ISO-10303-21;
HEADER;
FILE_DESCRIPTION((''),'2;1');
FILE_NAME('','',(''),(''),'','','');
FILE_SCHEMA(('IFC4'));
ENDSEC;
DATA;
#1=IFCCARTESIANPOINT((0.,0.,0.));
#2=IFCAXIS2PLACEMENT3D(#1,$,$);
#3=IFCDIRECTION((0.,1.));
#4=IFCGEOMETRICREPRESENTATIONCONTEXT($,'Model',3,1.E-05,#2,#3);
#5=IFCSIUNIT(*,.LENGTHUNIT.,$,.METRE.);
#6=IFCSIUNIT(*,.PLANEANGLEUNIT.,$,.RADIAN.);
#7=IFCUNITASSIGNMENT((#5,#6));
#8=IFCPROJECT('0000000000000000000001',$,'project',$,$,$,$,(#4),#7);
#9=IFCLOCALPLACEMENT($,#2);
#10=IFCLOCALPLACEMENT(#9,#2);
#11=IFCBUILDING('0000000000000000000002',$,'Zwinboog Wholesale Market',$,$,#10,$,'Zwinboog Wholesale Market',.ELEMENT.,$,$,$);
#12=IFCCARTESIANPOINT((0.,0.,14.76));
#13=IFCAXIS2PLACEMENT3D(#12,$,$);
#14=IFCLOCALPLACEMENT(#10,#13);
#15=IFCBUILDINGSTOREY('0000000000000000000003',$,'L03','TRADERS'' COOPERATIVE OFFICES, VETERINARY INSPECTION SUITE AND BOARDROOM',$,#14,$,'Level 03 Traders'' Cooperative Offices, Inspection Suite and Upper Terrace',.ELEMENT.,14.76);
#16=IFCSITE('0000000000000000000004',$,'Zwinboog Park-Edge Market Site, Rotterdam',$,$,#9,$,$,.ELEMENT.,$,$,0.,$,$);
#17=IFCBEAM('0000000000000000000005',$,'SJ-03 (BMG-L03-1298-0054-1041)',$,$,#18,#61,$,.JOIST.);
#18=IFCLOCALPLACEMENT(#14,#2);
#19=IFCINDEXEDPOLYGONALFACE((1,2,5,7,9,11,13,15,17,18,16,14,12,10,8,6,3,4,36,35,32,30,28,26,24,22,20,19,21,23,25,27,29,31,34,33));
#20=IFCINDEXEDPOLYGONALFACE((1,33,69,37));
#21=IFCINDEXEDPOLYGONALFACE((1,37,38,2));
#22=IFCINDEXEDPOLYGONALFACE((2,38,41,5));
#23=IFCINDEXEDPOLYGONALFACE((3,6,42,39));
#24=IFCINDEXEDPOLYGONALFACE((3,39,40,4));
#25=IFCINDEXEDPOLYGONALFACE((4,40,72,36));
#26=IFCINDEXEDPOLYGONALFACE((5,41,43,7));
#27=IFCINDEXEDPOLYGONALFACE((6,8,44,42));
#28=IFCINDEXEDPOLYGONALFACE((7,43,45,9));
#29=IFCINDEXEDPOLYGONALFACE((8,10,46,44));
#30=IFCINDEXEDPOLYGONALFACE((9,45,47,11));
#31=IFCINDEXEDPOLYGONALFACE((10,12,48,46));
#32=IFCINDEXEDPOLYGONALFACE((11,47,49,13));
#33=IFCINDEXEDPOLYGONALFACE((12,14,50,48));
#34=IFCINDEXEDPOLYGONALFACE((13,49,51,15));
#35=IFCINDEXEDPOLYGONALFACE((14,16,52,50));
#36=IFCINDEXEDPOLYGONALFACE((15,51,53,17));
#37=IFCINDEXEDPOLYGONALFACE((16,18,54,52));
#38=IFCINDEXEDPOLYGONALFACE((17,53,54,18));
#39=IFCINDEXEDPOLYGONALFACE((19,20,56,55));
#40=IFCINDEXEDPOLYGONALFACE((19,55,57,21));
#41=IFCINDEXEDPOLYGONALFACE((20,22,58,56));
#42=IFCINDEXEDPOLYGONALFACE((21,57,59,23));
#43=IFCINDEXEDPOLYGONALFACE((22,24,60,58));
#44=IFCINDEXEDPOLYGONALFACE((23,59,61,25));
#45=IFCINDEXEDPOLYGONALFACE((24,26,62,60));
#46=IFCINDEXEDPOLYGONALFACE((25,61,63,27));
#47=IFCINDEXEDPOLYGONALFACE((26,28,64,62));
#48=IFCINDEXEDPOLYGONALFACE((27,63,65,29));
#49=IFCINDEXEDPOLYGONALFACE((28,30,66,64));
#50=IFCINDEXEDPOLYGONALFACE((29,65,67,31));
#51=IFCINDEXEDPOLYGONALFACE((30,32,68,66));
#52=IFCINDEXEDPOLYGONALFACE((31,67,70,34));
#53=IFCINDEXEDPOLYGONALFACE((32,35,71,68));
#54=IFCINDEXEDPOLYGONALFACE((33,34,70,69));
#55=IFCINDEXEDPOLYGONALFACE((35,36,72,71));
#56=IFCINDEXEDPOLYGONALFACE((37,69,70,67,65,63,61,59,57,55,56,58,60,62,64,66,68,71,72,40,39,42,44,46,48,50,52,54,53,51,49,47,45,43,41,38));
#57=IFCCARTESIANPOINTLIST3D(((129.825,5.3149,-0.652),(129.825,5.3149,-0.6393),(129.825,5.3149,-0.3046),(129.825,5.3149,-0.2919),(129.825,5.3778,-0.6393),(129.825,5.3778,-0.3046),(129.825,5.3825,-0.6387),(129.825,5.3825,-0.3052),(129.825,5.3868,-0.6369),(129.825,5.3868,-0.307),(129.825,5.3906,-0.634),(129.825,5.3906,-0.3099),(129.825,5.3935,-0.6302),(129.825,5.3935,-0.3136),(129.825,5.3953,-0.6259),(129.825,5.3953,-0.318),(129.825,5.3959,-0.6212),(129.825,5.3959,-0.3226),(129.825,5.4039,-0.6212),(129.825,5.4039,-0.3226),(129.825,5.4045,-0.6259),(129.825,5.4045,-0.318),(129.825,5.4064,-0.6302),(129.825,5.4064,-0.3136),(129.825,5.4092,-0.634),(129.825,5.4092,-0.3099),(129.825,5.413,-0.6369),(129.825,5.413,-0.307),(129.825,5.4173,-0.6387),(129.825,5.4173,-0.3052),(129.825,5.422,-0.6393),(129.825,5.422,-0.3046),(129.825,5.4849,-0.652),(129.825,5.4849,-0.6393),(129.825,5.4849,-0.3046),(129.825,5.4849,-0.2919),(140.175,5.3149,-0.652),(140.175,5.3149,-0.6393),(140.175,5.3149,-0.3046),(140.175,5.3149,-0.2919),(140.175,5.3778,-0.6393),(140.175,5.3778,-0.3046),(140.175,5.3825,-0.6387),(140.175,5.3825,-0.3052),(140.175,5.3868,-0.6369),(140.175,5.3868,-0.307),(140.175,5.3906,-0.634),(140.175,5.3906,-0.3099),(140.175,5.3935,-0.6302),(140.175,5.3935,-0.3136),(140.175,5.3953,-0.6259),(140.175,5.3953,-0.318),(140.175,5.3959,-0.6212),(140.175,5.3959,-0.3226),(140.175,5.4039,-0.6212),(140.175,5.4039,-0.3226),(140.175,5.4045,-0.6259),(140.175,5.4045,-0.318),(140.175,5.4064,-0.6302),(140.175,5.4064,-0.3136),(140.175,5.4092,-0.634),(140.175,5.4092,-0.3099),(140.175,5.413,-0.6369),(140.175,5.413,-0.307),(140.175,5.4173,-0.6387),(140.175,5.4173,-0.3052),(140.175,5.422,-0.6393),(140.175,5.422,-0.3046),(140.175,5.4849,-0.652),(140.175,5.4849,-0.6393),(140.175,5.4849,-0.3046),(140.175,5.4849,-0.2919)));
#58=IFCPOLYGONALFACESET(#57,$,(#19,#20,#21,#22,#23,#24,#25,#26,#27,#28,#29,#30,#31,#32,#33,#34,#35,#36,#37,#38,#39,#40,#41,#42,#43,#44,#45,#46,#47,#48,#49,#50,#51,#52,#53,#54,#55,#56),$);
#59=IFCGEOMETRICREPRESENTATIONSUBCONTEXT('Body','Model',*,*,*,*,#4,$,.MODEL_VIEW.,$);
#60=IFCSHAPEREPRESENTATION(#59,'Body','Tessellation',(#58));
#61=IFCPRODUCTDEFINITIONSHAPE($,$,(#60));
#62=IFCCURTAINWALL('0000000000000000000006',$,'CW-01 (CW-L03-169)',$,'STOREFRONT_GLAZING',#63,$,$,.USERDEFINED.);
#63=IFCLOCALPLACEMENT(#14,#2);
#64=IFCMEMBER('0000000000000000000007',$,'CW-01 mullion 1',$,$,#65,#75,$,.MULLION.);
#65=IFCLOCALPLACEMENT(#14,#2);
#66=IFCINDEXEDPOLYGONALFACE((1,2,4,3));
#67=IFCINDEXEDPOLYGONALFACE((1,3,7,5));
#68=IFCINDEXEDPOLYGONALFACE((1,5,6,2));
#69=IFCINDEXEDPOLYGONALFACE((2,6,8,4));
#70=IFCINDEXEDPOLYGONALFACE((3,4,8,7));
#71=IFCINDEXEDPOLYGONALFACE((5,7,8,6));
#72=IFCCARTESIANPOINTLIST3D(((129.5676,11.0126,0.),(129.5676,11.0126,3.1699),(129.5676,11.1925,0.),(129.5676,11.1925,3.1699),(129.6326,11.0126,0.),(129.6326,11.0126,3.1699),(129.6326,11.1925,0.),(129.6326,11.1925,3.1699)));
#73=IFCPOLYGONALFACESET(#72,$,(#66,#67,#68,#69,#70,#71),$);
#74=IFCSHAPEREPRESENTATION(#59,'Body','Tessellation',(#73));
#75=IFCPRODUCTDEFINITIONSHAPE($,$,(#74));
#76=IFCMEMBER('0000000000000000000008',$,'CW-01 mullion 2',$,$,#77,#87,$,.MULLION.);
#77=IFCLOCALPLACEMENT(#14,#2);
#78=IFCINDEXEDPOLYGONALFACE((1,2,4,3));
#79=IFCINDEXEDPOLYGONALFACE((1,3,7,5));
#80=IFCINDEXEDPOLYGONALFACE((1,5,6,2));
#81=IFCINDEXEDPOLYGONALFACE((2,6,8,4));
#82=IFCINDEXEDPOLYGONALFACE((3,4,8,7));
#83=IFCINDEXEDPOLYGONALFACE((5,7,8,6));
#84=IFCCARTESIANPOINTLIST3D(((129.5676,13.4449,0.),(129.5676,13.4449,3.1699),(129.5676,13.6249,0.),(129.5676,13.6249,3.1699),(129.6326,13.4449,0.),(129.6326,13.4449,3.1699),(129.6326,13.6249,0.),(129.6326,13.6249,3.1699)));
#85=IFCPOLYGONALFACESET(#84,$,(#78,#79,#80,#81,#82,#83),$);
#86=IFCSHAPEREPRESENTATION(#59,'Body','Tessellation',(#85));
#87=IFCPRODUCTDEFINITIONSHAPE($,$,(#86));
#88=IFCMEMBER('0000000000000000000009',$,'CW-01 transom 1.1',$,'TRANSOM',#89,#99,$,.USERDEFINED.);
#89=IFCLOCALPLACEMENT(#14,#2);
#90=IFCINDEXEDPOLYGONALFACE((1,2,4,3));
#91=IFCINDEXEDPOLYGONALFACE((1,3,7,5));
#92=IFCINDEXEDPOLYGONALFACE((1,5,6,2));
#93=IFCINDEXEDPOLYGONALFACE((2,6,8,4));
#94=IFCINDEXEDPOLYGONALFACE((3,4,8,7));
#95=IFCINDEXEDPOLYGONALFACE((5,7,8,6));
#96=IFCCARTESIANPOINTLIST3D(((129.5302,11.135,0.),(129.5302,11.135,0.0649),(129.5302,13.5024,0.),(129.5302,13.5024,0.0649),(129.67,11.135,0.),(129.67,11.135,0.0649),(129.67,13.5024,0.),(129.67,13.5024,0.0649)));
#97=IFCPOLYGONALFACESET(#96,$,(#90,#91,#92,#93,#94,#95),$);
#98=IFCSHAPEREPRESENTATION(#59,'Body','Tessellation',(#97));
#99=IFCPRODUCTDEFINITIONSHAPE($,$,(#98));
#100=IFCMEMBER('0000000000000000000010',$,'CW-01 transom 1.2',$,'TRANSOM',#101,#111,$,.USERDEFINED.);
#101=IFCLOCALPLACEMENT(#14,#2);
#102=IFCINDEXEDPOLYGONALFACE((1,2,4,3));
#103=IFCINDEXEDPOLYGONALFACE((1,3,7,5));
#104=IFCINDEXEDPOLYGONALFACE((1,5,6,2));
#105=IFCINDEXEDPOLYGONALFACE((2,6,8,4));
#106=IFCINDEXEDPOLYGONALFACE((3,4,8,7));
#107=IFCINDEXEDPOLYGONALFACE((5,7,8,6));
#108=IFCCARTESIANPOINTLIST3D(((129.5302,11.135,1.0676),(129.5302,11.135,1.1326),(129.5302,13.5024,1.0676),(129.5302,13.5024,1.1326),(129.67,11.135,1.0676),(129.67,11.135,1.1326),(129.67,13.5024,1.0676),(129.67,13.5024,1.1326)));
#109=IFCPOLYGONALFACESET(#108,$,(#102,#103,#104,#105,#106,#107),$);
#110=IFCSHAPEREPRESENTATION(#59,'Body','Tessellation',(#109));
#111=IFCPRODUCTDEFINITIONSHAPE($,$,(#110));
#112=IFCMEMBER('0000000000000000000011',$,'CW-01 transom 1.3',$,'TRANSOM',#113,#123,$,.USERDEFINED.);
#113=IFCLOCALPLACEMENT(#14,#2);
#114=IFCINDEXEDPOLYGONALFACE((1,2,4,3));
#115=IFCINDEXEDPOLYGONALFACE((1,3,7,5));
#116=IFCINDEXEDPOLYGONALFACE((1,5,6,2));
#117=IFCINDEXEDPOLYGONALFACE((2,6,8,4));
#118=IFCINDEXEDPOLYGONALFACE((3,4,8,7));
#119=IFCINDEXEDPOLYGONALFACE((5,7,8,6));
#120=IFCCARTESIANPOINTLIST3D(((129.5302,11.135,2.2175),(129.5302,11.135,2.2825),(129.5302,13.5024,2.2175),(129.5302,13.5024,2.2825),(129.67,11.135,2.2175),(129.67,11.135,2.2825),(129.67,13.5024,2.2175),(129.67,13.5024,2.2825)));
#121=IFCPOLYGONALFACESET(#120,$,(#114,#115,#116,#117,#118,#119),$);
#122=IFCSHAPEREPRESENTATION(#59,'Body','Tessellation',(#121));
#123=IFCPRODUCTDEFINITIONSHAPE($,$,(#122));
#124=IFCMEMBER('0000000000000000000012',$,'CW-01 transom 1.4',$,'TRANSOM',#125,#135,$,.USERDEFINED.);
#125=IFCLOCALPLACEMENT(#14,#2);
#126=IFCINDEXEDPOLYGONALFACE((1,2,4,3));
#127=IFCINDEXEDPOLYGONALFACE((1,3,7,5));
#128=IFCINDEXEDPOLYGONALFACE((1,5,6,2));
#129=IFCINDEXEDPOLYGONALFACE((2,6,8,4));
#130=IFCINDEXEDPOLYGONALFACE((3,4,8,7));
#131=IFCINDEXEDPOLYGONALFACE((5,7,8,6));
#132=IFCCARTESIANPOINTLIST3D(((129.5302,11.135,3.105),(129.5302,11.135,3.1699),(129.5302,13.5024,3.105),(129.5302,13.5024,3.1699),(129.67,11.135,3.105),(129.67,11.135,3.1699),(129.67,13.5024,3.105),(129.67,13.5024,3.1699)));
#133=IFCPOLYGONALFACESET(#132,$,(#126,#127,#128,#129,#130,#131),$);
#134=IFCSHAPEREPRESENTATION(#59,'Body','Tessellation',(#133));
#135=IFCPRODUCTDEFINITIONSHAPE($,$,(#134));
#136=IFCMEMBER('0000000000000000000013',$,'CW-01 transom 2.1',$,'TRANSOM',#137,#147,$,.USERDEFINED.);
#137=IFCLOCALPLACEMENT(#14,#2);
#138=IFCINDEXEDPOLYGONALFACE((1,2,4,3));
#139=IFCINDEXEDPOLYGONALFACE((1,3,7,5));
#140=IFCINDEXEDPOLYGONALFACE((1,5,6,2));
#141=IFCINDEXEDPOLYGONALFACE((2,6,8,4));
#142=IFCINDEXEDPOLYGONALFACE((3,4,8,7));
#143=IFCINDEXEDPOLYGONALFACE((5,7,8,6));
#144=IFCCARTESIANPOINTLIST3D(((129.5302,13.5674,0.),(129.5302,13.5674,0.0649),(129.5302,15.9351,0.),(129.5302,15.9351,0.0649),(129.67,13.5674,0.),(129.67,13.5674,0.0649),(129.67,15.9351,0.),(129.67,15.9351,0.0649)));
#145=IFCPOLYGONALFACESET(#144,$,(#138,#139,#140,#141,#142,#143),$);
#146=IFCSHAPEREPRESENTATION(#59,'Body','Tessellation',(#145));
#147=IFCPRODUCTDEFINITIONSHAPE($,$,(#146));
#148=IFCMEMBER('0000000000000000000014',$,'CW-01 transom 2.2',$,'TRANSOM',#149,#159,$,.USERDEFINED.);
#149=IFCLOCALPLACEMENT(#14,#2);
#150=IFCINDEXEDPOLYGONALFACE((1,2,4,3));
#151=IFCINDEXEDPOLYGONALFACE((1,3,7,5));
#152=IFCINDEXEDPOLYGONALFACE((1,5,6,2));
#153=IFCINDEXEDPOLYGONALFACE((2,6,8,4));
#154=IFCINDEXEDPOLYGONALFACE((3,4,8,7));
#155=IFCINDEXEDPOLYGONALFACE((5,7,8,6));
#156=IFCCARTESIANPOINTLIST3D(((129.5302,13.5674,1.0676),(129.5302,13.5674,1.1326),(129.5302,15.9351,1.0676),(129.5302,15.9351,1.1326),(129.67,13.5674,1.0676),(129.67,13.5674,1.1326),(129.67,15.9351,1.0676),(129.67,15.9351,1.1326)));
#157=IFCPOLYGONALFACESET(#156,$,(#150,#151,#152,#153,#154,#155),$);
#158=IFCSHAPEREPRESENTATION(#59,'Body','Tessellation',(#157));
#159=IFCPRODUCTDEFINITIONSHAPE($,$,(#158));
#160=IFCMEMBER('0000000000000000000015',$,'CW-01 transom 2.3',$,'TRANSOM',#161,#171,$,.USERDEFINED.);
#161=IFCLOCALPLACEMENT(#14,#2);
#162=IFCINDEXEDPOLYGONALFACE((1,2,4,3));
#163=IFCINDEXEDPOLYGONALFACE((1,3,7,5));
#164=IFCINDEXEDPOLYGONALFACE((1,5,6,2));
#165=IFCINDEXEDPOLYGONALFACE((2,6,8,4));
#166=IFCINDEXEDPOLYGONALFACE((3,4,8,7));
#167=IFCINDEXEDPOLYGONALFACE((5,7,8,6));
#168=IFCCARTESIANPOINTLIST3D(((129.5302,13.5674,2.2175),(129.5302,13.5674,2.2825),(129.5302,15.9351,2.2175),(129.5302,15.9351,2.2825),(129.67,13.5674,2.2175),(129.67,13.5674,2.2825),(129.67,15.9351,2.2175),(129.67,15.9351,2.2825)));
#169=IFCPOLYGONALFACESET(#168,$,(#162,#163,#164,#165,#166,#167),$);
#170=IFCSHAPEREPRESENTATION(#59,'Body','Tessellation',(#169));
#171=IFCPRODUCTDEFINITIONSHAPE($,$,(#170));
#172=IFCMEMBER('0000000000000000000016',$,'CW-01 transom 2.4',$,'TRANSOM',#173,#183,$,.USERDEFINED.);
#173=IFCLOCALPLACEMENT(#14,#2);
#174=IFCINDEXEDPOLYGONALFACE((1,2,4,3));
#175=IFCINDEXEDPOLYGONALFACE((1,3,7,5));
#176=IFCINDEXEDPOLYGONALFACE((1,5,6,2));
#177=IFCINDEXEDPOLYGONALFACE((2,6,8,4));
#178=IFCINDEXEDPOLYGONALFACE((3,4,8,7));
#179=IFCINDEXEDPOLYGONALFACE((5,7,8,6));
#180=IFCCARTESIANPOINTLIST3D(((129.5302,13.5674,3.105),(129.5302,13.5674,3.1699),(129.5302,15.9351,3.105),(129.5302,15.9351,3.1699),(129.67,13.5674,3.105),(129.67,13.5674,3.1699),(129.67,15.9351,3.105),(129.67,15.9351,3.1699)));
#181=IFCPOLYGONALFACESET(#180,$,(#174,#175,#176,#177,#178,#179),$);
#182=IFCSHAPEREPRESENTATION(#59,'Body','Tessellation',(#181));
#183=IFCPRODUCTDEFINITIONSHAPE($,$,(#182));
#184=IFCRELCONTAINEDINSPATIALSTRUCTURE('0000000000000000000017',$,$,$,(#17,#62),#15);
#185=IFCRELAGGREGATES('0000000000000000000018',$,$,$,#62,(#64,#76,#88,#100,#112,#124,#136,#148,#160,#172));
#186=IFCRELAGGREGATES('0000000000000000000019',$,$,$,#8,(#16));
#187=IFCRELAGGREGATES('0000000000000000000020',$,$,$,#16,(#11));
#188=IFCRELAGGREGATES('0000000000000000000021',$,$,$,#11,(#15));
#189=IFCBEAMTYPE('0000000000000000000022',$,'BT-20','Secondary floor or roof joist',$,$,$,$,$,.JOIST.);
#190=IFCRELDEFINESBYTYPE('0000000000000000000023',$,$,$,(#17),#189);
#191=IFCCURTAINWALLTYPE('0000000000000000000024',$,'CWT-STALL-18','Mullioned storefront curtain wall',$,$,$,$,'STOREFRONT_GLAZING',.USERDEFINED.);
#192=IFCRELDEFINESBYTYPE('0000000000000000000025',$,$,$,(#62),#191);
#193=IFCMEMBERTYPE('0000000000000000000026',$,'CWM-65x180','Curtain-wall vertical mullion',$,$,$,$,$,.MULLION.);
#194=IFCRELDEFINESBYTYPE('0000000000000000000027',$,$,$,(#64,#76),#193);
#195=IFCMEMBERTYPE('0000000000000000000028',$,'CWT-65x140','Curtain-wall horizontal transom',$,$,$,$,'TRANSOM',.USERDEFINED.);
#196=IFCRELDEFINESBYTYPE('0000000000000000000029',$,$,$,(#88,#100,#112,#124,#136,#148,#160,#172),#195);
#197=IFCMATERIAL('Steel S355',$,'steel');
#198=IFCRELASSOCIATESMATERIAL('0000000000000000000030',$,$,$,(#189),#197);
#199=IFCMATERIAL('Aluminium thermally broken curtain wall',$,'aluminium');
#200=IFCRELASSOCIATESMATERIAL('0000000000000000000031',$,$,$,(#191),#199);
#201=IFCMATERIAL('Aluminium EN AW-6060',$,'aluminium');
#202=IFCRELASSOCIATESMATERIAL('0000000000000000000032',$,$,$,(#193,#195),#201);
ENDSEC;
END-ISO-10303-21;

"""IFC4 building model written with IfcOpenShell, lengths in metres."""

from ifc_helpers import new_model, si_unit, direction, frame, origin, origin_2d, place, context, subcontext, project, spatial, rectangle, i_section, extrude, material, material_profile, profile_set, type_object, element, aggregate, save


model = new_model("IFC4")

# Units and contexts
model_context = context("Model", 3, precision=1e-05, world=origin(), true_north=direction((0.0, 1.0)))
body_context = subcontext(model_context, "Body", "Model", "MODEL_VIEW")
ifc_project = project(units=[si_unit("LENGTHUNIT", "METRE"), si_unit("PLANEANGLEUNIT", "RADIAN")], contexts=[model_context])

# Site, building, storey
site_placement = place(None, origin())
site = spatial("IfcSite", under=ifc_project, at=site_placement, Name="Zwinboog Park-Edge Market Site, Rotterdam", CompositionType="ELEMENT", RefElevation=0.0)
building_placement = place(site_placement, origin())
building = spatial("IfcBuilding", under=site, at=building_placement, Name="Zwinboog Wholesale Market", LongName="Zwinboog Wholesale Market", CompositionType="ELEMENT")
storey_placement = place(building_placement, frame((0.0, 0.0, 14.76)))
storey = spatial("IfcBuildingStorey", under=building, at=storey_placement, Name="L03", Description="TRADERS' COOPERATIVE OFFICES, VETERINARY INSPECTION SUITE AND BOARDROOM", LongName="Level 03 Traders' Cooperative Offices, Inspection Suite and Upper Terrace", CompositionType="ELEMENT", Elevation=14.76)

# Beam
ifc_material_1 = material(Name="Steel S355", Category="steel")
ifc_material_profile_1 = material_profile(ifc_material_1, i_section(OverallWidth=0.1699, OverallDepth=0.3601, WebThickness=0.0081, FlangeThickness=0.0127, FilletRadius=0.0181, at=origin_2d()), Name="IPE 360")
ifc_profile_set_1 = profile_set([ifc_material_profile_1], Name="Steel S355")
beam_type = type_object("IfcBeamType", Name="BT-20", Description="Secondary floor or roof joist", PredefinedType="JOIST", material=ifc_profile_set_1)
beam_placement = place(storey_placement, frame((129.825, 5.3999, -0.4719), z_axis=(1.0, 0.0, 0.0), x_axis=(0.0, 1.0, 0.0)))
element("IfcBeam", 1, at=beam_placement, inside=storey, type_object=beam_type, Name="SJ-03 (BMG-L03-1298-0054-1041)", PredefinedType="JOIST", context=body_context, shape_type="SweptSolid", body=[
    extrude(i_section(OverallWidth=0.1699, OverallDepth=0.3601, WebThickness=0.0081, FlangeThickness=0.0127, FilletRadius=0.0181, at=origin_2d()), origin(), (0.0, 0.0, 1.0), 10.3501),
])

# Curtain wall, members
ifc_material_2 = material(Name="Aluminium thermally broken curtain wall", Category="aluminium")
curtain_wall_type_1 = type_object("IfcCurtainWallType", Name="CWT-STALL-18", Description="Mullioned storefront curtain wall", ElementType="STOREFRONT_GLAZING", PredefinedType="USERDEFINED", material=ifc_material_2)
curtain_wall_1_placement = place(storey_placement, origin())
curtain_wall_1 = element("IfcCurtainWall", 2, at=curtain_wall_1_placement, inside=storey, type_object=curtain_wall_type_1, Name="CW-01 (CW-L03-169)", ObjectType="STOREFRONT_GLAZING", PredefinedType="USERDEFINED")
ifc_material_3 = material(Name="Aluminium EN AW-6060", Category="aluminium")
ifc_material_profile_2 = material_profile(ifc_material_3, rectangle(XDim=0.0649, YDim=0.1799, at=origin_2d()), Name="AL 65x180")
ifc_profile_set_2 = profile_set([ifc_material_profile_2], Name="Aluminium EN AW-6060")
member_type_1 = type_object("IfcMemberType", Name="CWM-65x180", Description="Curtain-wall vertical mullion", PredefinedType="MULLION", material=ifc_profile_set_2)
member_1_placement = place(storey_placement, frame((129.6001, 11.1025, 0.0), z_axis=(0.0, 0.0, 1.0), x_axis=(-1.0, 0.0, 0.0)))
member_1 = element("IfcMember", 3, at=member_1_placement, type_object=member_type_1, Name="CW-01 mullion 1", PredefinedType="MULLION", context=body_context, shape_type="SweptSolid", body=[
    extrude(rectangle(XDim=0.0649, YDim=0.1799, at=origin_2d()), origin(), (0.0, 0.0, 1.0), 3.1699),
])
member_2_placement = place(storey_placement, frame((129.6001, 13.5349, 0.0), z_axis=(0.0, 0.0, 1.0), x_axis=(-1.0, 0.0, 0.0)))
member_2 = element("IfcMember", 4, at=member_2_placement, type_object=member_type_1, Name="CW-01 mullion 2", PredefinedType="MULLION", context=body_context, shape_type="SweptSolid", body=[
    extrude(rectangle(XDim=0.0649, YDim=0.1799, at=origin_2d()), origin(), (0.0, 0.0, 1.0), 3.1699),
])
ifc_material_profile_3 = material_profile(ifc_material_3, rectangle(XDim=0.1399, YDim=0.0649, at=origin_2d()), Name="AL 65x140")
ifc_profile_set_3 = profile_set([ifc_material_profile_3], Name="Aluminium EN AW-6060")
member_type_2 = type_object("IfcMemberType", Name="CWT-65x140", Description="Curtain-wall horizontal transom", ElementType="TRANSOM", PredefinedType="USERDEFINED", material=ifc_profile_set_3)
member_3_placement = place(storey_placement, frame((129.6001, 11.135, 0.0325), z_axis=(0.0, 1.0, 0.0), x_axis=(-1.0, 0.0, 0.0)))
member_3 = element("IfcMember", 5, at=member_3_placement, type_object=member_type_2, Name="CW-01 transom 1.1", ObjectType="TRANSOM", PredefinedType="USERDEFINED", context=body_context, shape_type="SweptSolid", body=[
    extrude(rectangle(XDim=0.1399, YDim=0.0649, at=origin_2d()), origin(), (0.0, 0.0, 1.0), 2.3674),
])
member_4_placement = place(storey_placement, frame((129.6001, 11.135, 1.1001), z_axis=(0.0, 1.0, 0.0), x_axis=(-1.0, 0.0, 0.0)))
member_4 = element("IfcMember", 6, at=member_4_placement, type_object=member_type_2, Name="CW-01 transom 1.2", ObjectType="TRANSOM", PredefinedType="USERDEFINED", context=body_context, shape_type="SweptSolid", body=[
    extrude(rectangle(XDim=0.1399, YDim=0.0649, at=origin_2d()), origin(), (0.0, 0.0, 1.0), 2.3674),
])
member_5_placement = place(storey_placement, frame((129.6001, 11.135, 2.25), z_axis=(0.0, 1.0, 0.0), x_axis=(-1.0, 0.0, 0.0)))
member_5 = element("IfcMember", 7, at=member_5_placement, type_object=member_type_2, Name="CW-01 transom 1.3", ObjectType="TRANSOM", PredefinedType="USERDEFINED", context=body_context, shape_type="SweptSolid", body=[
    extrude(rectangle(XDim=0.1399, YDim=0.0649, at=origin_2d()), origin(), (0.0, 0.0, 1.0), 2.3674),
])
member_6_placement = place(storey_placement, frame((129.6001, 11.135, 3.1375), z_axis=(0.0, 1.0, 0.0), x_axis=(-1.0, 0.0, 0.0)))
member_6 = element("IfcMember", 8, at=member_6_placement, type_object=member_type_2, Name="CW-01 transom 1.4", ObjectType="TRANSOM", PredefinedType="USERDEFINED", context=body_context, shape_type="SweptSolid", body=[
    extrude(rectangle(XDim=0.1399, YDim=0.0649, at=origin_2d()), origin(), (0.0, 0.0, 1.0), 2.3674),
])
member_7_placement = place(storey_placement, frame((129.6001, 13.5674, 0.0325), z_axis=(0.0, 1.0, 0.0), x_axis=(-1.0, 0.0, 0.0)))
member_7 = element("IfcMember", 9, at=member_7_placement, type_object=member_type_2, Name="CW-01 transom 2.1", ObjectType="TRANSOM", PredefinedType="USERDEFINED", context=body_context, shape_type="SweptSolid", body=[
    extrude(rectangle(XDim=0.1399, YDim=0.0649, at=origin_2d()), origin(), (0.0, 0.0, 1.0), 2.3677),
])
member_8_placement = place(storey_placement, frame((129.6001, 13.5674, 1.1001), z_axis=(0.0, 1.0, 0.0), x_axis=(-1.0, 0.0, 0.0)))
member_8 = element("IfcMember", 10, at=member_8_placement, type_object=member_type_2, Name="CW-01 transom 2.2", ObjectType="TRANSOM", PredefinedType="USERDEFINED", context=body_context, shape_type="SweptSolid", body=[
    extrude(rectangle(XDim=0.1399, YDim=0.0649, at=origin_2d()), origin(), (0.0, 0.0, 1.0), 2.3677),
])
member_9_placement = place(storey_placement, frame((129.6001, 13.5674, 2.25), z_axis=(0.0, 1.0, 0.0), x_axis=(-1.0, 0.0, 0.0)))
member_9 = element("IfcMember", 11, at=member_9_placement, type_object=member_type_2, Name="CW-01 transom 2.3", ObjectType="TRANSOM", PredefinedType="USERDEFINED", context=body_context, shape_type="SweptSolid", body=[
    extrude(rectangle(XDim=0.1399, YDim=0.0649, at=origin_2d()), origin(), (0.0, 0.0, 1.0), 2.3677),
])
member_10_placement = place(storey_placement, frame((129.6001, 13.5674, 3.1375), z_axis=(0.0, 1.0, 0.0), x_axis=(-1.0, 0.0, 0.0)))
member_10 = element("IfcMember", 12, at=member_10_placement, type_object=member_type_2, Name="CW-01 transom 2.4", ObjectType="TRANSOM", PredefinedType="USERDEFINED", context=body_context, shape_type="SweptSolid", body=[
    extrude(rectangle(XDim=0.1399, YDim=0.0649, at=origin_2d()), origin(), (0.0, 0.0, 1.0), 2.3677),
])

aggregate(curtain_wall_1, [member_1, member_2, member_3, member_4, member_5, member_6, member_7, member_8, member_9, member_10])

save(model, "model.ifc")
